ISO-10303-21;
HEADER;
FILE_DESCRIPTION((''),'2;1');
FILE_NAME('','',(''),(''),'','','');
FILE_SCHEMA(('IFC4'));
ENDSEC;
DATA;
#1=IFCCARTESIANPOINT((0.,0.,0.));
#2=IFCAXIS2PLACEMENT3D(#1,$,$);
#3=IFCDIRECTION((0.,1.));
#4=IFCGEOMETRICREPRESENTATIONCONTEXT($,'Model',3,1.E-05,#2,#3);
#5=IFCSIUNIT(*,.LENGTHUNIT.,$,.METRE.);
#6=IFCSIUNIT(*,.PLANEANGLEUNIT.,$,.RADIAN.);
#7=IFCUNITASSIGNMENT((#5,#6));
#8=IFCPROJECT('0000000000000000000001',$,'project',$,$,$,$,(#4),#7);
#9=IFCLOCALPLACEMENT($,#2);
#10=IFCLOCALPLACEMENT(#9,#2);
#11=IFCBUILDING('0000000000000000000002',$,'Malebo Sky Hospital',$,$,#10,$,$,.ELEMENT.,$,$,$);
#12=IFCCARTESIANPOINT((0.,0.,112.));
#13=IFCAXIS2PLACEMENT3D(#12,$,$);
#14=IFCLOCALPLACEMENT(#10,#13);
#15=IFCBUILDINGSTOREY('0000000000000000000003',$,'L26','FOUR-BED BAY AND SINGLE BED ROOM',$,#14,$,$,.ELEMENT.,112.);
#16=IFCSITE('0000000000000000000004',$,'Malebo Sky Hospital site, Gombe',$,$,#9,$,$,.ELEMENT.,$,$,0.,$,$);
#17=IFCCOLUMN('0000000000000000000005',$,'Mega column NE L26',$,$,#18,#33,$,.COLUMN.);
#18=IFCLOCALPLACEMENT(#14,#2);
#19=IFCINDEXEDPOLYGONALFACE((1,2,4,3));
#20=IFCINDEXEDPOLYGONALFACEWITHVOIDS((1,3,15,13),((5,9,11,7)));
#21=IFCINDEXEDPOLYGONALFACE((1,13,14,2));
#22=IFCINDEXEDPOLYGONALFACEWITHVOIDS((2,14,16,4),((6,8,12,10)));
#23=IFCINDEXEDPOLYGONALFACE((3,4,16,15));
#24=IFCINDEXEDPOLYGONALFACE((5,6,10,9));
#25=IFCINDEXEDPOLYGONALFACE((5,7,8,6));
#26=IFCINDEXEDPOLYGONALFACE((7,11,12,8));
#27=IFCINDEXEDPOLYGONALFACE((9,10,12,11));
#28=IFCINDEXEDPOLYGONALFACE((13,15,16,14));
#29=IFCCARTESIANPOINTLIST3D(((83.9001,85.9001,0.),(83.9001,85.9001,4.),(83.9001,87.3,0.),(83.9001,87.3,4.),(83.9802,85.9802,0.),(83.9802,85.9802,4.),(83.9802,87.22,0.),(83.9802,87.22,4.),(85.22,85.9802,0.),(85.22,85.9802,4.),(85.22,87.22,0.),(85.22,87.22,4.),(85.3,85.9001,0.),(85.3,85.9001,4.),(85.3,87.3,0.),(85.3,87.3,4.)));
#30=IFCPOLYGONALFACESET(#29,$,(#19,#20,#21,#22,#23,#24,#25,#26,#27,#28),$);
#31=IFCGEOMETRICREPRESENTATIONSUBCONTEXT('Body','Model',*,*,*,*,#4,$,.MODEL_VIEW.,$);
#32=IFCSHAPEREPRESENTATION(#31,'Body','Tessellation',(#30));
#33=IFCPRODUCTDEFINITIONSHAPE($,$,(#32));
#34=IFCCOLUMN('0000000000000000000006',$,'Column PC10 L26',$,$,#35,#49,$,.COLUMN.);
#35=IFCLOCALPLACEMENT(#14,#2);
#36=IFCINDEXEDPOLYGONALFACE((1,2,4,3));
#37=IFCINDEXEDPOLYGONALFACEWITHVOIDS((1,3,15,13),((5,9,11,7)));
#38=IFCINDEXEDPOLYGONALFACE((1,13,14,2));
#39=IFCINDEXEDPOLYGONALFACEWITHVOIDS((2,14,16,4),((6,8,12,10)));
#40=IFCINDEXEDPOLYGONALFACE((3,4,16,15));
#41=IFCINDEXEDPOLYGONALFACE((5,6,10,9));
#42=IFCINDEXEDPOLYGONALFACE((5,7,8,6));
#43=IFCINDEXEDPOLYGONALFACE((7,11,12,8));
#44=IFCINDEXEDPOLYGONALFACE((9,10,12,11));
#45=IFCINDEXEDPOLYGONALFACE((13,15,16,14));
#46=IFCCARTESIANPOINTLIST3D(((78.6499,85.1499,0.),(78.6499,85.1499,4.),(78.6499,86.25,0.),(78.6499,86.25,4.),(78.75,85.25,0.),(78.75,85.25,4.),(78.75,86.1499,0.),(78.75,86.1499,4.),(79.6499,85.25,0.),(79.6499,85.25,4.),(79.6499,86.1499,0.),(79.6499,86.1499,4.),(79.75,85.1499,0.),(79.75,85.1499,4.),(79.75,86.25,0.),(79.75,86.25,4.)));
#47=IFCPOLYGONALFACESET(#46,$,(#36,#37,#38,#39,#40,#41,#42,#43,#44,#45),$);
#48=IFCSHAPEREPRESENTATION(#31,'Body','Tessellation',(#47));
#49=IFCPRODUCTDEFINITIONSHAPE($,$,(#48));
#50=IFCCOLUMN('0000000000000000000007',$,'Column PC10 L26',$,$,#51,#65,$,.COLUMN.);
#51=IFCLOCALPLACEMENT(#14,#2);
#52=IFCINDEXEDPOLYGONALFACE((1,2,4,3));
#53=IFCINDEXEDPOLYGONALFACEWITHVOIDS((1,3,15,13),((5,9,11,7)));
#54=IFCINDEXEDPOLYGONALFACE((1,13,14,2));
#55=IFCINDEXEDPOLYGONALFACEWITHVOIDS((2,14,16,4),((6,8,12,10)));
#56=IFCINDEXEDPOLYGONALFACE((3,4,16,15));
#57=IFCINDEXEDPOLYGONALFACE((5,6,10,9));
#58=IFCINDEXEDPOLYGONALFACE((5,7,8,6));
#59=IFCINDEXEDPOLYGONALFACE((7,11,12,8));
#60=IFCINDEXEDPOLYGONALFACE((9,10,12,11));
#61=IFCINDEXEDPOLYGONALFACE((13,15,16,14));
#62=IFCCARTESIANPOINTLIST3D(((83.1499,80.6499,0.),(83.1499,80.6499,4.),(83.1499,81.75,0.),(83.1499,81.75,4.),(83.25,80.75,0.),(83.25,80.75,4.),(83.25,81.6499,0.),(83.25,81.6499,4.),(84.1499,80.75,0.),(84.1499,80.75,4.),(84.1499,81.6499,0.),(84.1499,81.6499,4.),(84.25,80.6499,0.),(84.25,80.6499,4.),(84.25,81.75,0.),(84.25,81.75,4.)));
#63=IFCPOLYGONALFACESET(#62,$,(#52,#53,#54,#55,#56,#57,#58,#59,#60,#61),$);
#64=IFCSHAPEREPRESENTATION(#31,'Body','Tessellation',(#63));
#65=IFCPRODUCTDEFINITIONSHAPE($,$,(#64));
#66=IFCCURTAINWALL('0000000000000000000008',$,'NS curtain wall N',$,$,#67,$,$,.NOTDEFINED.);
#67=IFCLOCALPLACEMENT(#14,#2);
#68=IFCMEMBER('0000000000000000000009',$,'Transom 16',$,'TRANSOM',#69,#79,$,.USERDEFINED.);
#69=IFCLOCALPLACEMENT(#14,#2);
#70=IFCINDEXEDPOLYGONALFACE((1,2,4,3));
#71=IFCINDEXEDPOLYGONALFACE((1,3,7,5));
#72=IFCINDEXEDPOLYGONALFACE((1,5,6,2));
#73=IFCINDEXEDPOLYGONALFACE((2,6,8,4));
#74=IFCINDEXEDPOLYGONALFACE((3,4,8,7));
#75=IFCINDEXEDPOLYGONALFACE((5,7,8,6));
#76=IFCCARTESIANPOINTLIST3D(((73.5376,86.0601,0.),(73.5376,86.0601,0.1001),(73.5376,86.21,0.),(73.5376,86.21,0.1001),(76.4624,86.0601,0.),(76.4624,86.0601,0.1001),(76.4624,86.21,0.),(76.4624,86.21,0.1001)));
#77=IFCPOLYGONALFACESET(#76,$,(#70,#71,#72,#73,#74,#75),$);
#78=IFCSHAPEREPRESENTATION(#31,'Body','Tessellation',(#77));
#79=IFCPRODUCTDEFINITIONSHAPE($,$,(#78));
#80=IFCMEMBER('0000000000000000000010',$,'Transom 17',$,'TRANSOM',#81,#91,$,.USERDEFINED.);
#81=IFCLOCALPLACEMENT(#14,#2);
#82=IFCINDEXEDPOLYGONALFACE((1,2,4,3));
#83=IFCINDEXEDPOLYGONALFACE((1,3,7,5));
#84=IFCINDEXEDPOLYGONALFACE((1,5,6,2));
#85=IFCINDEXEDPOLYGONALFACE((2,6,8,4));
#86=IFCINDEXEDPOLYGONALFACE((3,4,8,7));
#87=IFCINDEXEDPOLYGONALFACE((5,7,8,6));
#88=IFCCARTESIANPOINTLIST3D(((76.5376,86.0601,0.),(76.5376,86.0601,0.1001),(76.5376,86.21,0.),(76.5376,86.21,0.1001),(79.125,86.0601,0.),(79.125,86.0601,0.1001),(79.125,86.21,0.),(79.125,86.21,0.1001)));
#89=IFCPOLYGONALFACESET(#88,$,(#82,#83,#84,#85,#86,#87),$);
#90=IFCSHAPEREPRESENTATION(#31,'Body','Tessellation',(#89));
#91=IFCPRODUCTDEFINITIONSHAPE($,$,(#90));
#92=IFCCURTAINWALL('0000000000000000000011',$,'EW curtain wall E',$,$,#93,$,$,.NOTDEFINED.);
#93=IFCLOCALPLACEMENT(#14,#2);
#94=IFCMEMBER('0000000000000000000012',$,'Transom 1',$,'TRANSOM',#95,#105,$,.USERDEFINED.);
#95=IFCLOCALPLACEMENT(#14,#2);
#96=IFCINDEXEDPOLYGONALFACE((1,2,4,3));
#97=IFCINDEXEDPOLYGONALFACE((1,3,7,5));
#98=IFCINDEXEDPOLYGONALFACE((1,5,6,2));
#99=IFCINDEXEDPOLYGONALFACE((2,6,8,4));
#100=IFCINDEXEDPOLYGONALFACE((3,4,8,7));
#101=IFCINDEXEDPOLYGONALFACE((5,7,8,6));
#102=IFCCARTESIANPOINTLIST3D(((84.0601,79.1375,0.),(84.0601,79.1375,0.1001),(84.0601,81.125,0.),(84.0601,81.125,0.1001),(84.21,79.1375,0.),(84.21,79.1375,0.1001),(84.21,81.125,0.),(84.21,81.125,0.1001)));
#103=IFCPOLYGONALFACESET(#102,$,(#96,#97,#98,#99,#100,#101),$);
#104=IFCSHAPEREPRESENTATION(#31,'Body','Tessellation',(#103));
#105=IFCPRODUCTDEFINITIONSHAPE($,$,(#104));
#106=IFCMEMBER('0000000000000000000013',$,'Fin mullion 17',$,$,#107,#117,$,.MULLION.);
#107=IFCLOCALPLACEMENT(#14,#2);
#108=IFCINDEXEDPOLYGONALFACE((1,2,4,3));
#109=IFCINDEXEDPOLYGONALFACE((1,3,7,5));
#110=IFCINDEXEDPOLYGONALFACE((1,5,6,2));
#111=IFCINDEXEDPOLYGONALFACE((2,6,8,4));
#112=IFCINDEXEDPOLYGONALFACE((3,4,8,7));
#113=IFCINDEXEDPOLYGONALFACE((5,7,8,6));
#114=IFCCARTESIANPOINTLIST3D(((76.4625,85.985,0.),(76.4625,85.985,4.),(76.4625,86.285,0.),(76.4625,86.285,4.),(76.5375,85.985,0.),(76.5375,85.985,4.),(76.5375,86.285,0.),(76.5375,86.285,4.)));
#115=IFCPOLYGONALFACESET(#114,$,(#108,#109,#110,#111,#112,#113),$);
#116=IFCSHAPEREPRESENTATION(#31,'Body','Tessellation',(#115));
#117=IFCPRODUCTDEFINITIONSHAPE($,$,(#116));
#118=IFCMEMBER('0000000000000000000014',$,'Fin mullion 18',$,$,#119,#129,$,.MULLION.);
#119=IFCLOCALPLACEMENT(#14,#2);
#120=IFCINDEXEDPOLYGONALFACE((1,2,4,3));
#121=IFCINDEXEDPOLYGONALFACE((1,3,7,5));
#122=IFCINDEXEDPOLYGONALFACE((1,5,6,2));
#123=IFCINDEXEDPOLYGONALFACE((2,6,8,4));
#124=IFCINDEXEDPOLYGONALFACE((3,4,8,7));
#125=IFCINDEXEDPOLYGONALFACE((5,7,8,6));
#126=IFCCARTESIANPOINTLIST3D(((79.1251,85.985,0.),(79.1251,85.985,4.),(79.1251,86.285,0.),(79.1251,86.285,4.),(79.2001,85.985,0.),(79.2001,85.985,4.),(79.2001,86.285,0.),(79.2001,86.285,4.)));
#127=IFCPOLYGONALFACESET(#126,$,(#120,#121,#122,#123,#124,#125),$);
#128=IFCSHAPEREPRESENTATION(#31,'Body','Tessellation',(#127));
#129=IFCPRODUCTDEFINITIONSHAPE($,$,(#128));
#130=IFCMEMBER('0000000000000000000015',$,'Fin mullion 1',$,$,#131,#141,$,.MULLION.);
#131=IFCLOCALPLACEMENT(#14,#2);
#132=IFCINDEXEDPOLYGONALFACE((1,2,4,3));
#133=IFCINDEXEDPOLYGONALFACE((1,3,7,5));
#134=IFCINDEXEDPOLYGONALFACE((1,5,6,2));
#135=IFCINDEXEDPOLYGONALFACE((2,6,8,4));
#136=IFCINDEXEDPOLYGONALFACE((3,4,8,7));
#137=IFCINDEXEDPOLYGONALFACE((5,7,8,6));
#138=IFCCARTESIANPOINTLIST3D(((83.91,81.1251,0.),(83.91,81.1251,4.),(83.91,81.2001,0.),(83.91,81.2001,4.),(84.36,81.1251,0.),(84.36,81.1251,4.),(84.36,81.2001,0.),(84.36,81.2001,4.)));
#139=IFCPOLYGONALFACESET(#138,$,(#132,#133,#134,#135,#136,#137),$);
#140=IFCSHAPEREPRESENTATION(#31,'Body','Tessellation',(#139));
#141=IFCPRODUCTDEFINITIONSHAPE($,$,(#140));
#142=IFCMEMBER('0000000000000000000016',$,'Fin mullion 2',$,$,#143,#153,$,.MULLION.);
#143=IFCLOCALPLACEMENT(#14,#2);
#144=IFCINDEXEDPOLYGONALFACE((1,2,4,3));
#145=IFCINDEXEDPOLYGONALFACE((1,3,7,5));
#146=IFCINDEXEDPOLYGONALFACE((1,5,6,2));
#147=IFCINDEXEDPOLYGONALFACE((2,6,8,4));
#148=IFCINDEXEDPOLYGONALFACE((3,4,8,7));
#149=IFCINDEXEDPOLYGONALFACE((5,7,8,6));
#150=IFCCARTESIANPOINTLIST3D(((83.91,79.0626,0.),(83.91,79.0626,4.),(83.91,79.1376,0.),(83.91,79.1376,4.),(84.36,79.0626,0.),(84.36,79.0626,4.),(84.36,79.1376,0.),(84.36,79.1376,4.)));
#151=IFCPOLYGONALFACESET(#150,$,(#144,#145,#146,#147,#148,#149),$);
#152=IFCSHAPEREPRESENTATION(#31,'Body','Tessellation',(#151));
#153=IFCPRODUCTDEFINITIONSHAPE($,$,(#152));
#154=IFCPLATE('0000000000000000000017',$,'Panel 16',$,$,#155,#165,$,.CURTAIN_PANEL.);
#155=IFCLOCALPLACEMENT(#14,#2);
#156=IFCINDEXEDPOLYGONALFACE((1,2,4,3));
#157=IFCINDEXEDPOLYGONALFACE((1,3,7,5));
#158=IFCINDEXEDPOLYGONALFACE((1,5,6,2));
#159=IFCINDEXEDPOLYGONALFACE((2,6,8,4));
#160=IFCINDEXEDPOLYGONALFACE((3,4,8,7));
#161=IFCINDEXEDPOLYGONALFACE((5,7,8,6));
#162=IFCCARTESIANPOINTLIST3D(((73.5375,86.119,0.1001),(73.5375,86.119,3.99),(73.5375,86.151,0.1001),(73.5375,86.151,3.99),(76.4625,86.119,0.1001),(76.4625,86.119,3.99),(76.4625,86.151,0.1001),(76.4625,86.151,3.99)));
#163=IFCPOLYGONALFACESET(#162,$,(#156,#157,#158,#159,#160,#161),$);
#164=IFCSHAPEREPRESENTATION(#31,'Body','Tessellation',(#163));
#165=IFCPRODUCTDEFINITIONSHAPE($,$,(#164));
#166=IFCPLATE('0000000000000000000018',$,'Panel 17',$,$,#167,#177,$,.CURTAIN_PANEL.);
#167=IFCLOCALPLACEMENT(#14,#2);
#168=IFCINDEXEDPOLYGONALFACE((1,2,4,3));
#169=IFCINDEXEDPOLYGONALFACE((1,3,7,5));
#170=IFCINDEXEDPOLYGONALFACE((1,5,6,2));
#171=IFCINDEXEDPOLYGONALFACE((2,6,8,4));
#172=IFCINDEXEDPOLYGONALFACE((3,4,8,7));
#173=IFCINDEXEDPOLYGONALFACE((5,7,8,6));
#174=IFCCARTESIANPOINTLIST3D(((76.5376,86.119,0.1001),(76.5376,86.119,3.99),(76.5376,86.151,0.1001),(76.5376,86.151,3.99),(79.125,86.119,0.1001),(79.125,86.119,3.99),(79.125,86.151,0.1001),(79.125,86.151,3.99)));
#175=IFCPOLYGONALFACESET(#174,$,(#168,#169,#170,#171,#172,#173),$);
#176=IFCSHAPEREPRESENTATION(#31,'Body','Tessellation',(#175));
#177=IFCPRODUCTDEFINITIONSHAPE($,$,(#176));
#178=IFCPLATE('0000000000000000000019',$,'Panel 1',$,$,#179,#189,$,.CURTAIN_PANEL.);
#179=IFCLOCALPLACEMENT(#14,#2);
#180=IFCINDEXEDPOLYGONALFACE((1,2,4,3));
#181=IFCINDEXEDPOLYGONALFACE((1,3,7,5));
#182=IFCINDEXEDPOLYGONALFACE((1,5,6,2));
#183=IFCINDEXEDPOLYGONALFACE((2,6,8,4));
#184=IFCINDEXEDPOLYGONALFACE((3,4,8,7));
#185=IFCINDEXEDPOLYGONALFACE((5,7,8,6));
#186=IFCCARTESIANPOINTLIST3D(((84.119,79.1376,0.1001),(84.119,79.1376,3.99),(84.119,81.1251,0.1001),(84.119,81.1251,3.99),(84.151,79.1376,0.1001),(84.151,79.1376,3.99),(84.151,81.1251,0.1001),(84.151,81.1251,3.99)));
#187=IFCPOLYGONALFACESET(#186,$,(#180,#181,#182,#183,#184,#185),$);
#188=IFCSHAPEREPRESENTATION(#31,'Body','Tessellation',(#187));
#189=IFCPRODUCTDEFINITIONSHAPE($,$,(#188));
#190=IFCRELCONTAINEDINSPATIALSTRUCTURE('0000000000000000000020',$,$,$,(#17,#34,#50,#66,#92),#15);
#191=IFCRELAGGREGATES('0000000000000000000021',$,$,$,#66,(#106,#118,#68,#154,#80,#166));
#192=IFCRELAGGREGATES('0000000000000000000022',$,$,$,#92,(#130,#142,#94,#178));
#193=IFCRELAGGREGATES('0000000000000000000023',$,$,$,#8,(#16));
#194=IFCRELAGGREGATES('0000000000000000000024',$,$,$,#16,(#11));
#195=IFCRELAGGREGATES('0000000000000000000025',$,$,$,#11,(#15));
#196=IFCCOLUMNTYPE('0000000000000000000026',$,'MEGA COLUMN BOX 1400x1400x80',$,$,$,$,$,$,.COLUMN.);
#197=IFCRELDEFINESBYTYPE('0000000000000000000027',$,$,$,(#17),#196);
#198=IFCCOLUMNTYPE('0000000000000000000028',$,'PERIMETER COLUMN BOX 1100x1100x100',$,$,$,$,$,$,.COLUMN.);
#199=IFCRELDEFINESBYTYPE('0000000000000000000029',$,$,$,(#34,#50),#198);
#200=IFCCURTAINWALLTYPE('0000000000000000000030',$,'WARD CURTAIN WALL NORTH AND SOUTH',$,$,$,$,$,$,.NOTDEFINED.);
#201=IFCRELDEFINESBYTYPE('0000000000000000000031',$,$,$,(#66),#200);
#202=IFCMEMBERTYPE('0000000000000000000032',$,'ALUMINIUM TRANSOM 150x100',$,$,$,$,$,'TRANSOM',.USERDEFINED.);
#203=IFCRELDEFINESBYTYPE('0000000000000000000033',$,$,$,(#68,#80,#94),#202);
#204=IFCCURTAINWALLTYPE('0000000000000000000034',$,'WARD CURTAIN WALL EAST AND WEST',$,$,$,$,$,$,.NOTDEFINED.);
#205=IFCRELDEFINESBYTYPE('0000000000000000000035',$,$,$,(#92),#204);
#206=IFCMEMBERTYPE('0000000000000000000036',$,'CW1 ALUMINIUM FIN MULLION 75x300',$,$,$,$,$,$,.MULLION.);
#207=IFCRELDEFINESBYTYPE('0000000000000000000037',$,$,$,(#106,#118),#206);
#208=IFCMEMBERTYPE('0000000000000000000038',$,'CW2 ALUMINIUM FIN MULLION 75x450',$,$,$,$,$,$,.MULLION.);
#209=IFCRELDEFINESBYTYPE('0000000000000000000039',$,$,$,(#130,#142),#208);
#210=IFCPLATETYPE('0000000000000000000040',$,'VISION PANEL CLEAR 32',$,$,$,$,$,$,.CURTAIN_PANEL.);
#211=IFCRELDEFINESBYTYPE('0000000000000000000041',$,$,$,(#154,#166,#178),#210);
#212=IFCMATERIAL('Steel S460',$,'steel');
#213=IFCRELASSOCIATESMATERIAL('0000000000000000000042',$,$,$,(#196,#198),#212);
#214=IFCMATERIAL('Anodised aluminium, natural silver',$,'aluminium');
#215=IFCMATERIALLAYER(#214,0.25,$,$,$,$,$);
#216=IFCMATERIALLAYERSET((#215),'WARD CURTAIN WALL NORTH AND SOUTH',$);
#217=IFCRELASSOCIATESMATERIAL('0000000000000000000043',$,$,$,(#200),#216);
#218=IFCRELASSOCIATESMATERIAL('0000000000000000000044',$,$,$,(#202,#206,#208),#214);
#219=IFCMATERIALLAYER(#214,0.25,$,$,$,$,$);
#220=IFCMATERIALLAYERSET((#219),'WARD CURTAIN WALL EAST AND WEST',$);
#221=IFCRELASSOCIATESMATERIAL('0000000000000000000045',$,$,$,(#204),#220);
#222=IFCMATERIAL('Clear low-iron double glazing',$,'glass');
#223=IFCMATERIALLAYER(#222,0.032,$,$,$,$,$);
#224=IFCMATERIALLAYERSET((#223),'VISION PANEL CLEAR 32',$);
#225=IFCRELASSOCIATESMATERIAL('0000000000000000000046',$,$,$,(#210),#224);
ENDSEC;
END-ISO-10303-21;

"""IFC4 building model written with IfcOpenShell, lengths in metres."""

from ifc_helpers import new_model, si_unit, direction, frame, origin, origin_2d, place, context, subcontext, project, spatial, rectangle, hollow_rectangle, extrude, material, layer, layer_set, material_profile, profile_set, type_object, element, aggregate, save


model = new_model("IFC4")

# Units and contexts
model_context = context("Model", 3, precision=1e-05, world=origin(), true_north=direction((0.0, 1.0)))
body_context = subcontext(model_context, "Body", "Model", "MODEL_VIEW")
ifc_project = project(units=[si_unit("LENGTHUNIT", "METRE"), si_unit("PLANEANGLEUNIT", "RADIAN")], contexts=[model_context])

# Site, building, storey
site_placement = place(None, origin())
site = spatial("IfcSite", under=ifc_project, at=site_placement, Name="Malebo Sky Hospital site, Gombe", CompositionType="ELEMENT", RefElevation=0.0)
building_placement = place(site_placement, origin())
building = spatial("IfcBuilding", under=site, at=building_placement, Name="Malebo Sky Hospital", CompositionType="ELEMENT")
storey_placement = place(building_placement, frame((0.0, 0.0, 112.0)))
storey = spatial("IfcBuildingStorey", under=building, at=storey_placement, Name="L26", Description="FOUR-BED BAY AND SINGLE BED ROOM", CompositionType="ELEMENT", Elevation=112.0)

# Columns
ifc_material_1 = material(Name="Steel S460", Category="steel")
ifc_material_profile_1 = material_profile(ifc_material_1, hollow_rectangle(XDim=1.3999, YDim=1.3999, WallThickness=0.0801, at=origin_2d()), Name="BOX 1400x1400x80")
ifc_profile_set_1 = profile_set([ifc_material_profile_1], Name="Steel S460")
column_type_1 = type_object("IfcColumnType", Name="MEGA COLUMN BOX 1400x1400x80", PredefinedType="COLUMN", material=ifc_profile_set_1)
column_placement = place(storey_placement, frame((84.6001, 86.6001, 0.0), z_axis=(0.0, 0.0, 1.0), x_axis=(1.0, 0.0, 0.0)))
element("IfcColumn", 1, at=column_placement, inside=storey, type_object=column_type_1, Name="Mega column NE L26", PredefinedType="COLUMN", context=body_context, shape_type="SweptSolid", body=[
    extrude(hollow_rectangle(XDim=1.3999, YDim=1.3999, WallThickness=0.0801, at=origin_2d()), origin(), (0.0, 0.0, 1.0), 4.0),
])
ifc_material_profile_2 = material_profile(ifc_material_1, hollow_rectangle(XDim=1.1001, YDim=1.1001, WallThickness=0.1001, at=origin_2d()), Name="BOX 1100x1100x100")
ifc_profile_set_2 = profile_set([ifc_material_profile_2], Name="Steel S460")
column_type_2 = type_object("IfcColumnType", Name="PERIMETER COLUMN BOX 1100x1100x100", PredefinedType="COLUMN", material=ifc_profile_set_2)
for number, where, z_axis, x_axis, name in (
    (2, (79.2, 85.7, 0.0), (0.0, 0.0, 1.0), (1.0, 0.0, 0.0), "Column PC10 L26"),
    (3, (83.7, 81.2, 0.0), (0.0, 0.0, 1.0), (1.0, 0.0, 0.0), "Column PC10 L26"),
):
    element("IfcColumn", number, at=place(storey_placement, frame(where, z_axis=z_axis, x_axis=x_axis)), inside=storey, type_object=column_type_2, Name=name, PredefinedType="COLUMN", context=body_context, shape_type="SweptSolid", body=[
        extrude(hollow_rectangle(XDim=1.1001, YDim=1.1001, WallThickness=0.1001, at=origin_2d()), origin(), (0.0, 0.0, 1.0), 4.0),
    ])

# Curtain wall, members
ifc_material_2 = material(Name="Anodised aluminium, natural silver", Category="aluminium")
ifc_layer_1 = layer(ifc_material_2, 0.25)
ifc_layer_set_1 = layer_set([ifc_layer_1], Name="WARD CURTAIN WALL NORTH AND SOUTH")
curtain_wall_type_1 = type_object("IfcCurtainWallType", Name="WARD CURTAIN WALL NORTH AND SOUTH", PredefinedType="NOTDEFINED", material=ifc_layer_set_1)
curtain_wall_1_placement = place(storey_placement, origin())
curtain_wall_1 = element("IfcCurtainWall", 4, at=curtain_wall_1_placement, inside=storey, type_object=curtain_wall_type_1, Name="NS curtain wall N", PredefinedType="NOTDEFINED")
ifc_material_profile_3 = material_profile(ifc_material_2, rectangle(XDim=0.1499, YDim=0.1001, at=origin_2d()), Name="ALUMINIUM TRANSOM 150x100")
ifc_profile_set_3 = profile_set([ifc_material_profile_3], Name="Anodised aluminium, natural silver")
member_type_1 = type_object("IfcMemberType", Name="ALUMINIUM TRANSOM 150x100", ElementType="TRANSOM", PredefinedType="USERDEFINED", material=ifc_profile_set_3)
member_1_placement = place(storey_placement, frame((73.5376, 86.135, 0.05), z_axis=(1.0, 0.0, 0.0), x_axis=(0.0, 1.0, 0.0)))
member_1 = element("IfcMember", 5, at=member_1_placement, type_object=member_type_1, Name="Transom 16", ObjectType="TRANSOM", PredefinedType="USERDEFINED", context=body_context, shape_type="SweptSolid", body=[
    extrude(rectangle(XDim=0.1499, YDim=0.1001, at=origin_2d()), origin(), (0.0, 0.0, 1.0), 2.9248),
])
member_2_placement = place(storey_placement, frame((76.5376, 86.135, 0.05), z_axis=(1.0, 0.0, 0.0), x_axis=(0.0, 1.0, 0.0)))
member_2 = element("IfcMember", 6, at=member_2_placement, type_object=member_type_1, Name="Transom 17", ObjectType="TRANSOM", PredefinedType="USERDEFINED", context=body_context, shape_type="SweptSolid", body=[
    extrude(rectangle(XDim=0.1499, YDim=0.1001, at=origin_2d()), origin(), (0.0, 0.0, 1.0), 2.5874),
])

# Curtain wall, member
ifc_layer_2 = layer(ifc_material_2, 0.25)
ifc_layer_set_2 = layer_set([ifc_layer_2], Name="WARD CURTAIN WALL EAST AND WEST")
curtain_wall_type_2 = type_object("IfcCurtainWallType", Name="WARD CURTAIN WALL EAST AND WEST", PredefinedType="NOTDEFINED", material=ifc_layer_set_2)
curtain_wall_2_placement = place(storey_placement, origin())
curtain_wall_2 = element("IfcCurtainWall", 7, at=curtain_wall_2_placement, inside=storey, type_object=curtain_wall_type_2, Name="EW curtain wall E", PredefinedType="NOTDEFINED")
member_3_placement = place(storey_placement, frame((84.135, 81.125, 0.05), z_axis=(0.0, -1.0, 0.0), x_axis=(1.0, 0.0, 0.0)))
member_3 = element("IfcMember", 8, at=member_3_placement, type_object=member_type_1, Name="Transom 1", ObjectType="TRANSOM", PredefinedType="USERDEFINED", context=body_context, shape_type="SweptSolid", body=[
    extrude(rectangle(XDim=0.1499, YDim=0.1001, at=origin_2d()), origin(), (0.0, 0.0, 1.0), 1.9875),
])

# Members
ifc_material_profile_4 = material_profile(ifc_material_2, rectangle(XDim=0.075, YDim=0.3, at=origin_2d()), Name="CW1 ALUMINIUM FIN MULLION 75x300")
ifc_profile_set_4 = profile_set([ifc_material_profile_4], Name="Anodised aluminium, natural silver")
member_type_2 = type_object("IfcMemberType", Name="CW1 ALUMINIUM FIN MULLION 75x300", PredefinedType="MULLION", material=ifc_profile_set_4)
member_4_placement = place(storey_placement, frame((76.5, 86.135, 0.0), z_axis=(0.0, 0.0, 1.0), x_axis=(1.0, 0.0, 0.0)))
member_4 = element("IfcMember", 9, at=member_4_placement, type_object=member_type_2, Name="Fin mullion 17", PredefinedType="MULLION", context=body_context, shape_type="SweptSolid", body=[
    extrude(rectangle(XDim=0.075, YDim=0.3, at=origin_2d()), origin(), (0.0, 0.0, 1.0), 4.0),
])
member_5_placement = place(storey_placement, frame((79.1626, 86.135, 0.0), z_axis=(0.0, 0.0, 1.0), x_axis=(1.0, 0.0, 0.0)))
member_5 = element("IfcMember", 10, at=member_5_placement, type_object=member_type_2, Name="Fin mullion 18", PredefinedType="MULLION", context=body_context, shape_type="SweptSolid", body=[
    extrude(rectangle(XDim=0.075, YDim=0.3, at=origin_2d()), origin(), (0.0, 0.0, 1.0), 4.0),
])
ifc_material_profile_5 = material_profile(ifc_material_2, rectangle(XDim=0.075, YDim=0.45, at=origin_2d()), Name="CW2 ALUMINIUM FIN MULLION 75x450")
ifc_profile_set_5 = profile_set([ifc_material_profile_5], Name="Anodised aluminium, natural silver")
member_type_3 = type_object("IfcMemberType", Name="CW2 ALUMINIUM FIN MULLION 75x450", PredefinedType="MULLION", material=ifc_profile_set_5)
member_6_placement = place(storey_placement, frame((84.135, 81.1626, 0.0), z_axis=(0.0, 0.0, 1.0), x_axis=(0.0, -1.0, 0.0)))
member_6 = element("IfcMember", 11, at=member_6_placement, type_object=member_type_3, Name="Fin mullion 1", PredefinedType="MULLION", context=body_context, shape_type="SweptSolid", body=[
    extrude(rectangle(XDim=0.075, YDim=0.45, at=origin_2d()), origin(), (0.0, 0.0, 1.0), 4.0),
])
member_7_placement = place(storey_placement, frame((84.135, 79.1001, 0.0), z_axis=(0.0, 0.0, 1.0), x_axis=(0.0, -1.0, 0.0)))
member_7 = element("IfcMember", 12, at=member_7_placement, type_object=member_type_3, Name="Fin mullion 2", PredefinedType="MULLION", context=body_context, shape_type="SweptSolid", body=[
    extrude(rectangle(XDim=0.075, YDim=0.45, at=origin_2d()), origin(), (0.0, 0.0, 1.0), 4.0),
])

# Plates
ifc_material_3 = material(Name="Clear low-iron double glazing", Category="glass")
ifc_layer_3 = layer(ifc_material_3, 0.032)
ifc_layer_set_3 = layer_set([ifc_layer_3], Name="VISION PANEL CLEAR 32")
plate_type = type_object("IfcPlateType", Name="VISION PANEL CLEAR 32", PredefinedType="CURTAIN_PANEL", material=ifc_layer_set_3)
plate_1_placement = place(storey_placement, frame((75.0, 86.135, 0.1001), z_axis=(0.0, 0.0, 1.0), x_axis=(1.0, 0.0, 0.0)))
plate_1 = element("IfcPlate", 13, at=plate_1_placement, type_object=plate_type, Name="Panel 16", PredefinedType="CURTAIN_PANEL", context=body_context, shape_type="SweptSolid", body=[
    extrude(rectangle(XDim=2.925, YDim=0.032, at=origin_2d()), origin(), (0.0, 0.0, 1.0), 3.8899),
])
plate_2_placement = place(storey_placement, frame((77.8313, 86.135, 0.1001), z_axis=(0.0, 0.0, 1.0), x_axis=(1.0, 0.0, 0.0)))
plate_2 = element("IfcPlate", 14, at=plate_2_placement, type_object=plate_type, Name="Panel 17", PredefinedType="CURTAIN_PANEL", context=body_context, shape_type="SweptSolid", body=[
    extrude(rectangle(XDim=2.5874, YDim=0.032, at=origin_2d()), origin(), (0.0, 0.0, 1.0), 3.8899),
])
aggregate(curtain_wall_1, [member_4, member_5, member_1, plate_1, member_2, plate_2])
plate_3_placement = place(storey_placement, frame((84.135, 80.1313, 0.1001), z_axis=(0.0, 0.0, 1.0), x_axis=(0.0, -1.0, 0.0)))
plate_3 = element("IfcPlate", 15, at=plate_3_placement, type_object=plate_type, Name="Panel 1", PredefinedType="CURTAIN_PANEL", context=body_context, shape_type="SweptSolid", body=[
    extrude(rectangle(XDim=1.9875, YDim=0.032, at=origin_2d()), origin(), (0.0, 0.0, 1.0), 3.8899),
])
aggregate(curtain_wall_2, [member_6, member_7, member_3, plate_3])

save(model, "model.ifc")
